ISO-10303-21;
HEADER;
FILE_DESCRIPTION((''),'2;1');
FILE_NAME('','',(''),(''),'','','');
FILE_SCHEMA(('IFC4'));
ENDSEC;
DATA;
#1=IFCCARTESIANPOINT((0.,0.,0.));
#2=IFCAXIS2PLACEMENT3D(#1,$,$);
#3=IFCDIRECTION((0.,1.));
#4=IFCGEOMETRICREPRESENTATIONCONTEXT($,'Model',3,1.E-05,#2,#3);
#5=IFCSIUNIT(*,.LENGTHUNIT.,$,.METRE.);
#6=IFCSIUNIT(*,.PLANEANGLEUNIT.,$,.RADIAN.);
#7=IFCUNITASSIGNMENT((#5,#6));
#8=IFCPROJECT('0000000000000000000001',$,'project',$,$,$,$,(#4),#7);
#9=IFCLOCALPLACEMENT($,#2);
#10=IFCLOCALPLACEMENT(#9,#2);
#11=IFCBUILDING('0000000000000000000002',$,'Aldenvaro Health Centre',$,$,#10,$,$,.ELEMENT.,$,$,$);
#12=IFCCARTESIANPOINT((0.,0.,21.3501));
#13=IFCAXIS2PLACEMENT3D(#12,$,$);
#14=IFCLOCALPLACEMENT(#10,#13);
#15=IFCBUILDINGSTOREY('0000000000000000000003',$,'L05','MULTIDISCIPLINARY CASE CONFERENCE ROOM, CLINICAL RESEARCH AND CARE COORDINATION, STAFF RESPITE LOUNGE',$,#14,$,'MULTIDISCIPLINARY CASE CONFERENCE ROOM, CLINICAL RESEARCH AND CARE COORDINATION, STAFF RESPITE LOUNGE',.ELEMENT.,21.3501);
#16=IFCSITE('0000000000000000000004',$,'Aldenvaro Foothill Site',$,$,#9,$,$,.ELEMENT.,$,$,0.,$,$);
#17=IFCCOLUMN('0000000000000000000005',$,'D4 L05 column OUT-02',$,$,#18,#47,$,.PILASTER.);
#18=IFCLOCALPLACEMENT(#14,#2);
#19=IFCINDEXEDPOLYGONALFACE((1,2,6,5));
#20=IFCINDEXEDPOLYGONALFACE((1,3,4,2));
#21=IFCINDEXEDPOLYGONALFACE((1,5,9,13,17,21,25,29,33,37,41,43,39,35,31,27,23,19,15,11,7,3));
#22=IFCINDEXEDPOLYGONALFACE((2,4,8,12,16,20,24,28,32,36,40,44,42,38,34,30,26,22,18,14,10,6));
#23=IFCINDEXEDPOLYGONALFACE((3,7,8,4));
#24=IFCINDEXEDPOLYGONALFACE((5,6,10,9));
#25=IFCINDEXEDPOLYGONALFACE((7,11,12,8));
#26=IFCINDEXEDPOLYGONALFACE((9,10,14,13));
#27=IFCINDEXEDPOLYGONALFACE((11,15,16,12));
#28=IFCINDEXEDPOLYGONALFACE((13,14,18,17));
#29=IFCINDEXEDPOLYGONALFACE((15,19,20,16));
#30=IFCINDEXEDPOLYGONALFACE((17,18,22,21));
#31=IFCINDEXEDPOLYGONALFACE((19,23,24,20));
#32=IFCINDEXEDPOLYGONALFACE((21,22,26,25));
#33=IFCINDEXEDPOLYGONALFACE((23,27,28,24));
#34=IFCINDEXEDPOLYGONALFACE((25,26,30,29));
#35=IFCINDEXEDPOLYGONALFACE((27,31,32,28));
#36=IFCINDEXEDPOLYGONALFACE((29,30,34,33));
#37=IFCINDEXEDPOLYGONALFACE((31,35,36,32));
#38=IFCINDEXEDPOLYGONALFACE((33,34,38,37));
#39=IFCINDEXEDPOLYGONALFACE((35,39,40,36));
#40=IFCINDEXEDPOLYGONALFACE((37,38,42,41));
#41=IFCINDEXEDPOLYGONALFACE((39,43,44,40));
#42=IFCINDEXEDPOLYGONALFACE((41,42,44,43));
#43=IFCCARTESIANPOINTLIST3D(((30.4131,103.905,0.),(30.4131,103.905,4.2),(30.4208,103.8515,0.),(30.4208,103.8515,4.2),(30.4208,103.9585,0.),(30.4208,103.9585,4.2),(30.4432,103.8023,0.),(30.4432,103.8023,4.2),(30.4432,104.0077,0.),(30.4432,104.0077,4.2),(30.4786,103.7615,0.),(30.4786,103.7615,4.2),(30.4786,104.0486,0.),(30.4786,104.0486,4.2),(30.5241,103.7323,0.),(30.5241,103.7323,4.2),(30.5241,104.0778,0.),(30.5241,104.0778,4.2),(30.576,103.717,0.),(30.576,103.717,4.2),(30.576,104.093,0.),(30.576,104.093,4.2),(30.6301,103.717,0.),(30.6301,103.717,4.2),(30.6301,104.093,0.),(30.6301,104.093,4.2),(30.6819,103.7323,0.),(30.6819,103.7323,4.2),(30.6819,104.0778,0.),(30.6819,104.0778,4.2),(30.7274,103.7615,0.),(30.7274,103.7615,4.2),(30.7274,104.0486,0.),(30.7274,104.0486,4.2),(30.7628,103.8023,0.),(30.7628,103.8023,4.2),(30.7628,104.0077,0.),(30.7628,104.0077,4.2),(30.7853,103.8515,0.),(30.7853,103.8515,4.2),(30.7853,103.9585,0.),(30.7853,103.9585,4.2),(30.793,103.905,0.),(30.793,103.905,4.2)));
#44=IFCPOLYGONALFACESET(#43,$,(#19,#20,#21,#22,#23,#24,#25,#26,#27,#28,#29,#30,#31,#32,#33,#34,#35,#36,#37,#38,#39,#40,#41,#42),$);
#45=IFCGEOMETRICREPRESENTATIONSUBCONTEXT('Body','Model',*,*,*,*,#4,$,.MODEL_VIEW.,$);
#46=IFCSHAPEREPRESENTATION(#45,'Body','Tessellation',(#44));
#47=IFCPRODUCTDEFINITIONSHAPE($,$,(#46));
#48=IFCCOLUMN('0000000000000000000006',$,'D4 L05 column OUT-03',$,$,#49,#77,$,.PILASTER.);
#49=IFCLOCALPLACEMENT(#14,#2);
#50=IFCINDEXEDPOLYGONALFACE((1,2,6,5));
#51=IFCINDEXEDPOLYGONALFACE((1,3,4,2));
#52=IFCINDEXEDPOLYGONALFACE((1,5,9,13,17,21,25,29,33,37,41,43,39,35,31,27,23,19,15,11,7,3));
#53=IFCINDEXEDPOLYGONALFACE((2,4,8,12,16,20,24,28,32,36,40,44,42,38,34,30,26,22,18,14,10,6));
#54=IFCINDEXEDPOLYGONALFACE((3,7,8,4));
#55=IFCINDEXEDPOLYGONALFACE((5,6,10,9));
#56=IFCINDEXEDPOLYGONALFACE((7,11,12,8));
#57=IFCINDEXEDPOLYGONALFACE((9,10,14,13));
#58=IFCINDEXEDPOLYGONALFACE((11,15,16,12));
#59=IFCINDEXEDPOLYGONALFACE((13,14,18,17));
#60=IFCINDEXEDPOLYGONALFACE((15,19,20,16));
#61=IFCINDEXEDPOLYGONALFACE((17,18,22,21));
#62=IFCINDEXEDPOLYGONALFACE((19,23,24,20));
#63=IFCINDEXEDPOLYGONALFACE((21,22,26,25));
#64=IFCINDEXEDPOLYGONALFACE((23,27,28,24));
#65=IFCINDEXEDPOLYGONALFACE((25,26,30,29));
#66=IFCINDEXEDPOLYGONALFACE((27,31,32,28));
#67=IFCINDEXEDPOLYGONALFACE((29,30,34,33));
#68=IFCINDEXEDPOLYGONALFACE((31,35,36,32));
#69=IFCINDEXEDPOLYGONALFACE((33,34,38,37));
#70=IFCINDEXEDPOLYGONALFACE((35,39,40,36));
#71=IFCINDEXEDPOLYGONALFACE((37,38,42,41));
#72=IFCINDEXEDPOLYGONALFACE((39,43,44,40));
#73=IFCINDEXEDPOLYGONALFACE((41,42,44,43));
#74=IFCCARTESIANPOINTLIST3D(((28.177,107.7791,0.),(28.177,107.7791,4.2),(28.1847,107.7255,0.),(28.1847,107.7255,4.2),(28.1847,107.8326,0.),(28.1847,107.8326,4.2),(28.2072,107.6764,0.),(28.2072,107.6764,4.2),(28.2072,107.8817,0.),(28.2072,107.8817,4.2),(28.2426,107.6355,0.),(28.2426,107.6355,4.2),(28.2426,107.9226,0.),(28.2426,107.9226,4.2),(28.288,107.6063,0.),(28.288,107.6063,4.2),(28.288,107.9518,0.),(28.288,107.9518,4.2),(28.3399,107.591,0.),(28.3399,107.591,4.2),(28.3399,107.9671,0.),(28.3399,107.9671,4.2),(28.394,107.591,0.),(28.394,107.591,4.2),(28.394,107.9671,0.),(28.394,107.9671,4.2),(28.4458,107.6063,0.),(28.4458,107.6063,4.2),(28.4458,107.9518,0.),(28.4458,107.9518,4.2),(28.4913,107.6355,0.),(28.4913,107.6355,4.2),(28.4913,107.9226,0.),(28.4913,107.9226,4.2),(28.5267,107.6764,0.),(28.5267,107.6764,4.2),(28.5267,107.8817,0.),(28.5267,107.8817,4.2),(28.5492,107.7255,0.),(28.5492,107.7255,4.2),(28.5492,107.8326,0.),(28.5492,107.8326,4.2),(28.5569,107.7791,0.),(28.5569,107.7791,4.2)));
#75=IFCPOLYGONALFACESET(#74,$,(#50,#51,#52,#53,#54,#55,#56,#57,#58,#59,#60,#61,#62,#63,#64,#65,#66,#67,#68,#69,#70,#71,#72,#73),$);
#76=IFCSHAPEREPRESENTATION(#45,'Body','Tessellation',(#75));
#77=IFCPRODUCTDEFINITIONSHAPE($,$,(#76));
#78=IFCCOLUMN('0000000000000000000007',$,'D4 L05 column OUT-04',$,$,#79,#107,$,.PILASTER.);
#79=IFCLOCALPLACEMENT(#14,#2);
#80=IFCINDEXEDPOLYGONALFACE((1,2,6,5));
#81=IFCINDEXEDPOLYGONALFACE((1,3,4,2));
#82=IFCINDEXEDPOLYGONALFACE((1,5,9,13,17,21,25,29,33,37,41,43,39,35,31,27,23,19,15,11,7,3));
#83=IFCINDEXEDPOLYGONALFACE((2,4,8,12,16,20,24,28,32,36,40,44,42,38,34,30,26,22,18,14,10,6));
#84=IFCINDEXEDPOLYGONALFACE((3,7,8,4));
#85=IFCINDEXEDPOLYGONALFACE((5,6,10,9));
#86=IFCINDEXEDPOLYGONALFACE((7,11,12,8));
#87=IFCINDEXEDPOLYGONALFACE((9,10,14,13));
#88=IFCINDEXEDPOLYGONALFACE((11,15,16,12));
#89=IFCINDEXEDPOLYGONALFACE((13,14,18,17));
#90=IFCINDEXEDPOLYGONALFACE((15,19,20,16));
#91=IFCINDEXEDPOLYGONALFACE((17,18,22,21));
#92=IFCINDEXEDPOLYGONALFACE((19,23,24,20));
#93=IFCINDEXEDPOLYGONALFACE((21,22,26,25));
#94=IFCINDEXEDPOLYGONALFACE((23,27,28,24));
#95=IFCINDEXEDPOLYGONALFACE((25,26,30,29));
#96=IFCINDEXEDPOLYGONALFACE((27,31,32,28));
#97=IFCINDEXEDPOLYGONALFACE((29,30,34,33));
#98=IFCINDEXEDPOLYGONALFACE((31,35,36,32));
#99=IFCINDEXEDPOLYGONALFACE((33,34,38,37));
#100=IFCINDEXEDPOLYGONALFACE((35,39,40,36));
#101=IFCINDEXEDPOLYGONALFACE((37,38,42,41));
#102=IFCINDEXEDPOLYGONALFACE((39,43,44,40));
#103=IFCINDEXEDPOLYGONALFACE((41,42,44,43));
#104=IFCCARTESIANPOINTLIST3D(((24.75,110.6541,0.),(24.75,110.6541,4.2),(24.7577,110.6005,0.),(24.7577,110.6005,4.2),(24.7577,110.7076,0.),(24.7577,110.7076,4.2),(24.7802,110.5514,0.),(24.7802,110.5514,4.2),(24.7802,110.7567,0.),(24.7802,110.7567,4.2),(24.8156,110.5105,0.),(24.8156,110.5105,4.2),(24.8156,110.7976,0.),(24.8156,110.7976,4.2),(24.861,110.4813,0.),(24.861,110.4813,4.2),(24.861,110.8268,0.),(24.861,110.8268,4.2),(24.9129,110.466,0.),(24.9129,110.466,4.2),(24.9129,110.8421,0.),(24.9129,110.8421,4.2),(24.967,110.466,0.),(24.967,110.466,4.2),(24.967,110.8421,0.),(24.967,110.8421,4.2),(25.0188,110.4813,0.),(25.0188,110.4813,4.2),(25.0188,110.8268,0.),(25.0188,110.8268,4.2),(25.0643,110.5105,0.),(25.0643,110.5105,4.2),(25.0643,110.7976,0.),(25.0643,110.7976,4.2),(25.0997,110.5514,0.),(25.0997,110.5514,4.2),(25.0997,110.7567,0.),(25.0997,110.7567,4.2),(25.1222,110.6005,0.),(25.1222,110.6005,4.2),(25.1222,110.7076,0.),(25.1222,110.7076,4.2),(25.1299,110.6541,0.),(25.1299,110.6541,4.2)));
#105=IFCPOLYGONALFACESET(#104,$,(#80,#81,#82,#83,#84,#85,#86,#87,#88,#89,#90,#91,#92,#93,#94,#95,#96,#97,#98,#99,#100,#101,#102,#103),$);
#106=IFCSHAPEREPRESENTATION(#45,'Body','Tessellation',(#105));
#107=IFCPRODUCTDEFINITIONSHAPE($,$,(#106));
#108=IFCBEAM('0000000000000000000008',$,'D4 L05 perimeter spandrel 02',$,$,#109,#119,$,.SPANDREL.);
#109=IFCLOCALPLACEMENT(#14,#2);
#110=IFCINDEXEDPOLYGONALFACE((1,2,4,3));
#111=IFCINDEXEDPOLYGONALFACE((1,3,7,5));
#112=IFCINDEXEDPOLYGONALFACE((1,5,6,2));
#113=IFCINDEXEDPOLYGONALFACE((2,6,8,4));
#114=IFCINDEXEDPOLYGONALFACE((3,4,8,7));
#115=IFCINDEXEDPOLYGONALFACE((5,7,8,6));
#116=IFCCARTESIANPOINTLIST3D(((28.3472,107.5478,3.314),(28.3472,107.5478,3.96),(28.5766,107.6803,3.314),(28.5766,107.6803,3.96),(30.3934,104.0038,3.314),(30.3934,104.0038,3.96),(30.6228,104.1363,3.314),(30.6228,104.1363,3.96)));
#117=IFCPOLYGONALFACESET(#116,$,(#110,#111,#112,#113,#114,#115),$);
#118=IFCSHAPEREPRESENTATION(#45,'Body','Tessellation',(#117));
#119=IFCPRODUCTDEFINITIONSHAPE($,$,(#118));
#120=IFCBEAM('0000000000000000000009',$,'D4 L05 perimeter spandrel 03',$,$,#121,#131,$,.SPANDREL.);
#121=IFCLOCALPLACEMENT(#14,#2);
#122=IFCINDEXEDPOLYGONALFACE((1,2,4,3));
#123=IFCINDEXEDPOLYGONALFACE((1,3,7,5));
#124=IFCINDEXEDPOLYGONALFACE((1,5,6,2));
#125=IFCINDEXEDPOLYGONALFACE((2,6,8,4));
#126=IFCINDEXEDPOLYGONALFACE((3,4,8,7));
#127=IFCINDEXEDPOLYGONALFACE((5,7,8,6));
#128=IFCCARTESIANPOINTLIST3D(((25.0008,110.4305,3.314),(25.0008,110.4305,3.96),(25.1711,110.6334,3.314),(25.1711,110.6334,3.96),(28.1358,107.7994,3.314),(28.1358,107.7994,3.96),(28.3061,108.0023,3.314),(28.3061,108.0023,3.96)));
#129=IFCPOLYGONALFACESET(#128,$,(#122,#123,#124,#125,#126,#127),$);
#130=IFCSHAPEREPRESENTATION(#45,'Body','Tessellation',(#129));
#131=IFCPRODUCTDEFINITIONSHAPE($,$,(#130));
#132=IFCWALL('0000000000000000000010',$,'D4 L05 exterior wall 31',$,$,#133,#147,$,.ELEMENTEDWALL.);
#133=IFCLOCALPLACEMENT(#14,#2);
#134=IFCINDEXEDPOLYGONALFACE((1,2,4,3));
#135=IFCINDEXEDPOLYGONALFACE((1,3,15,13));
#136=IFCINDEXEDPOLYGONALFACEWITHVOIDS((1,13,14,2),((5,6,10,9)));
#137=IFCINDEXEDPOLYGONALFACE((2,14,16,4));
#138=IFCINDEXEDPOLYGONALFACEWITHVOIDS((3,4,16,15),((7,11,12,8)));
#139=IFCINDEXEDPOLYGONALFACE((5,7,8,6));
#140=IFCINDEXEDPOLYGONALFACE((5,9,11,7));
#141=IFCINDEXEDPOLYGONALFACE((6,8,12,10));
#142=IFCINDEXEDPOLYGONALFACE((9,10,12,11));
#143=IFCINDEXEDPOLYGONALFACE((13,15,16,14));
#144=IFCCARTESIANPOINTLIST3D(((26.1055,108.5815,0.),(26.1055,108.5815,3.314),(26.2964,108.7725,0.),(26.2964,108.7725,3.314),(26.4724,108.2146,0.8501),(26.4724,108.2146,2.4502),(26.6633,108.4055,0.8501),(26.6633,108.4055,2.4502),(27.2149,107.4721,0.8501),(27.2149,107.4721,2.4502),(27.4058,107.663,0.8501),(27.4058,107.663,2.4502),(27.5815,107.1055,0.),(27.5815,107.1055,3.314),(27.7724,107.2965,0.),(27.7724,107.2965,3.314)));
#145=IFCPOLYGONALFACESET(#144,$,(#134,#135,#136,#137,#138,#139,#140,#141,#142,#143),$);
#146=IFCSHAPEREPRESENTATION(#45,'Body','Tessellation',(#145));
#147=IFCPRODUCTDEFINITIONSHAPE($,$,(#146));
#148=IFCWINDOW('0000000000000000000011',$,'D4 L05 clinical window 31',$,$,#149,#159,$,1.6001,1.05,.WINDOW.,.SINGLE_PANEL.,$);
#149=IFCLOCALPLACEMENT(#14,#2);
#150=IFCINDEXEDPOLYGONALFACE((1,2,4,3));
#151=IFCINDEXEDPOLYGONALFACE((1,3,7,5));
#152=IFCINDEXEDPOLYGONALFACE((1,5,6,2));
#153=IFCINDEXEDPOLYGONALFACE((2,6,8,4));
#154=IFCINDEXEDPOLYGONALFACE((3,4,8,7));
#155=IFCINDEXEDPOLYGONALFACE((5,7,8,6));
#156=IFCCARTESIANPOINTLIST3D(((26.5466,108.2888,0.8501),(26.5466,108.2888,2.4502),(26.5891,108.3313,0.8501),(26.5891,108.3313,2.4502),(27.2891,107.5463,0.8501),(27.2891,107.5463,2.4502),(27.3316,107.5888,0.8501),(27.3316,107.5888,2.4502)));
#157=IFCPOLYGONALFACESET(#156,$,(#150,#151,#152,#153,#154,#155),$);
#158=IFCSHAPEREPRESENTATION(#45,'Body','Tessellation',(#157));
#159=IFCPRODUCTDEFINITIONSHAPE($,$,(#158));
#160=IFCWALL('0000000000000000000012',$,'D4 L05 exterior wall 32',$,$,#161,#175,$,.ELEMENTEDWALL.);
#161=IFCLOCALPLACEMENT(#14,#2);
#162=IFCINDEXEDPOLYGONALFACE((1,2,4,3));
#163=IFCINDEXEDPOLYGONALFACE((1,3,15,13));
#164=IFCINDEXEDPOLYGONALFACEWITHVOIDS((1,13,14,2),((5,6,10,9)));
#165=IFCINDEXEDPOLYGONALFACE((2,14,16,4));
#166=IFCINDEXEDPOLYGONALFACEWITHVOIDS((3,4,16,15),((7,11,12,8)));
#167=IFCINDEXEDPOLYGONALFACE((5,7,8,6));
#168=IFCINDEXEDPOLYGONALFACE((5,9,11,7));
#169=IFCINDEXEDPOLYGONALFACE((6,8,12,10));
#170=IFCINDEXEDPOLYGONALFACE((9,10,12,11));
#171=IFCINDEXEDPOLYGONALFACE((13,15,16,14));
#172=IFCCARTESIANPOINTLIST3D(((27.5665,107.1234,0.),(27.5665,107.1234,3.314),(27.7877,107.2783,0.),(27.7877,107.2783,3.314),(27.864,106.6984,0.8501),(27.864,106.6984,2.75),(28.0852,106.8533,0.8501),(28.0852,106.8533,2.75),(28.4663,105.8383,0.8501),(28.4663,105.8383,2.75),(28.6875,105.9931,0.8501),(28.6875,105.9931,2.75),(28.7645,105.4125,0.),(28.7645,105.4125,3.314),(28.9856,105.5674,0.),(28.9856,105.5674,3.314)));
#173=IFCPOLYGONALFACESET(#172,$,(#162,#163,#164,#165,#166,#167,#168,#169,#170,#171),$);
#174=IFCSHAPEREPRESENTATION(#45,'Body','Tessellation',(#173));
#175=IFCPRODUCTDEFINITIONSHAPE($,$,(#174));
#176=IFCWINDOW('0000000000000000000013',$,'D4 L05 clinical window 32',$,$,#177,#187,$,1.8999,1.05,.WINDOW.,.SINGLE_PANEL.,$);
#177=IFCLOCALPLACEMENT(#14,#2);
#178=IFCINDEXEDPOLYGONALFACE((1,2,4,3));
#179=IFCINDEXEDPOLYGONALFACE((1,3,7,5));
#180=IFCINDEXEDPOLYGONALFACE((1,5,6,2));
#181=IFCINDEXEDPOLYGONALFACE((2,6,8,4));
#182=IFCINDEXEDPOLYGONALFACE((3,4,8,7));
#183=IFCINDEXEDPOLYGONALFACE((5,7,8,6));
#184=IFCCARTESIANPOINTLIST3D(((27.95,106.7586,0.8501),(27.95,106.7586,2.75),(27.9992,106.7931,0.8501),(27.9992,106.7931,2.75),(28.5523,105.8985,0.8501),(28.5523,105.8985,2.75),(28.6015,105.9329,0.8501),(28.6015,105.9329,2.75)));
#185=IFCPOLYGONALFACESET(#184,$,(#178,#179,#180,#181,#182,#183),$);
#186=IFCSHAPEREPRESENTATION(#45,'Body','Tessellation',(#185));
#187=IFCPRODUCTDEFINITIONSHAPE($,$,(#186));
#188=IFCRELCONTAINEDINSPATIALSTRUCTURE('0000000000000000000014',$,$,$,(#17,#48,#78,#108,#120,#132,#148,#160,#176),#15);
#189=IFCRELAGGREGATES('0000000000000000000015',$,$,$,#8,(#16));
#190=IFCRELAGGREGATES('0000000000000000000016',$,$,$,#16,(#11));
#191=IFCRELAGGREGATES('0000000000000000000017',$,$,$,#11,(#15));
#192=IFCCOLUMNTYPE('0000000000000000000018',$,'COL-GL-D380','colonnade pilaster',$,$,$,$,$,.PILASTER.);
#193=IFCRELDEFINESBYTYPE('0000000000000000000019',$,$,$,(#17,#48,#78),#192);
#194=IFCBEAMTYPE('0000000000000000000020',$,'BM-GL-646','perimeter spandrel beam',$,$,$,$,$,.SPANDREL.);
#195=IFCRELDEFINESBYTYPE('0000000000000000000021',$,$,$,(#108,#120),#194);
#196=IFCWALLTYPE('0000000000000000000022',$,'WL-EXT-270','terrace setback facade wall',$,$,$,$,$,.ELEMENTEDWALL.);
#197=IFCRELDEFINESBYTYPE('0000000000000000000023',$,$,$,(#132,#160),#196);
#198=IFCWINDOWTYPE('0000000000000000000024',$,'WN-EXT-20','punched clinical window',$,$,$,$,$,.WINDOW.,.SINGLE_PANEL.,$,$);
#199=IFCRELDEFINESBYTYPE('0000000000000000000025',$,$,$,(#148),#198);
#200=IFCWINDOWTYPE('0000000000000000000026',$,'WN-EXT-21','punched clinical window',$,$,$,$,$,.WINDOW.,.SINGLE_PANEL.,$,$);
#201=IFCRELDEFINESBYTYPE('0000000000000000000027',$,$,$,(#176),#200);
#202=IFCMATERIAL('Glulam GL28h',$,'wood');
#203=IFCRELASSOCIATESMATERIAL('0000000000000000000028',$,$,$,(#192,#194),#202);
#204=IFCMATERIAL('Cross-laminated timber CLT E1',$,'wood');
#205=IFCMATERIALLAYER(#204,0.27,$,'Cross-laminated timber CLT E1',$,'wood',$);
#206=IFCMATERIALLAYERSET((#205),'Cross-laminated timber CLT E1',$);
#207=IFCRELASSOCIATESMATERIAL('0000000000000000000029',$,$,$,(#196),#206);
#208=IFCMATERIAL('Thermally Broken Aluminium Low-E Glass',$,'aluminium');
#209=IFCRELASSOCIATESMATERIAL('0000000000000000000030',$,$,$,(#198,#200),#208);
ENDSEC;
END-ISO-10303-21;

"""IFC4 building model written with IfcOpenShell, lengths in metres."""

from ifc_helpers import new_model, si_unit, direction, frame, frame_2d, origin, origin_2d, place, context, subcontext, project, spatial, rectangle, circle, extrude, material, layer, layer_set, material_profile, profile_set, type_object, element, fill, save


model = new_model("IFC4")

# Units and contexts
model_context = context("Model", 3, precision=1e-05, world=origin(), true_north=direction((0.0, 1.0)))
body_context = subcontext(model_context, "Body", "Model", "MODEL_VIEW")
ifc_project = project(units=[si_unit("LENGTHUNIT", "METRE"), si_unit("PLANEANGLEUNIT", "RADIAN")], contexts=[model_context])

# Site, building, storey
site_placement = place(None, origin())
site = spatial("IfcSite", under=ifc_project, at=site_placement, Name="Aldenvaro Foothill Site", CompositionType="ELEMENT", RefElevation=0.0)
building_placement = place(site_placement, origin())
building = spatial("IfcBuilding", under=site, at=building_placement, Name="Aldenvaro Health Centre", CompositionType="ELEMENT")
storey_placement = place(building_placement, frame((0.0, 0.0, 21.3501)))
storey = spatial("IfcBuildingStorey", under=building, at=storey_placement, Name="L05", Description="MULTIDISCIPLINARY CASE CONFERENCE ROOM, CLINICAL RESEARCH AND CARE COORDINATION, STAFF RESPITE LOUNGE", LongName="MULTIDISCIPLINARY CASE CONFERENCE ROOM, CLINICAL RESEARCH AND CARE COORDINATION, STAFF RESPITE LOUNGE", CompositionType="ELEMENT", Elevation=21.3501)

# Columns
ifc_material_1 = material(Name="Glulam GL28h", Category="wood")
ifc_material_profile_1 = material_profile(ifc_material_1, circle(Radius=0.1899, at=origin_2d()), Name="GL D380", Category="wood")
ifc_profile_set_1 = profile_set([ifc_material_profile_1], Name="Glulam GL28h")
column_type = type_object("IfcColumnType", Name="COL-GL-D380", Description="colonnade pilaster", PredefinedType="PILASTER", material=ifc_profile_set_1)
for number, where, z_axis, x_axis, name in (
    (1, (30.603, 103.905, 0.0), (0.0, 0.0, 1.0), (1.0, 0.0, 0.0), "D4 L05 column OUT-02"),
    (2, (28.3669, 107.7791, 0.0), (0.0, 0.0, 1.0), (1.0, 0.0, 0.0), "D4 L05 column OUT-03"),
    (3, (24.9399, 110.6541, 0.0), (0.0, 0.0, 1.0), (1.0, 0.0, 0.0), "D4 L05 column OUT-04"),
):
    element("IfcColumn", number, at=place(storey_placement, frame(where, z_axis=z_axis, x_axis=x_axis)), inside=storey, type_object=column_type, Name=name, PredefinedType="PILASTER", context=body_context, shape_type="SweptSolid", body=[
        extrude(circle(Radius=0.1899, at=origin_2d()), origin(), (0.0, 0.0, 1.0), 4.2),
    ])

# Beams
ifc_material_profile_2 = material_profile(ifc_material_1, rectangle(XDim=0.2649, YDim=0.646, at=origin_2d()), Name="GL 265x646", Category="wood")
ifc_profile_set_2 = profile_set([ifc_material_profile_2], Name="Glulam GL28h")
beam_type = type_object("IfcBeamType", Name="BM-GL-646", Description="perimeter spandrel beam", PredefinedType="SPANDREL", material=ifc_profile_set_2)
beam_1_placement = place(storey_placement, frame((30.5081, 104.0701, 3.637), z_axis=(-0.500008, 0.866021, 0.0), x_axis=(-0.866021, -0.500008, 0.0)))
element("IfcBeam", 4, at=beam_1_placement, inside=storey, type_object=beam_type, Name="D4 L05 perimeter spandrel 02", PredefinedType="SPANDREL", context=body_context, shape_type="SweptSolid", body=[
    extrude(rectangle(XDim=0.2649, YDim=0.646, at=origin_2d()), origin(), (0.0, 0.0, 1.0), 4.0923),
])
beam_2_placement = place(storey_placement, frame((28.2209, 107.9009, 3.637), z_axis=(-0.765982, 0.642862, 0.0), x_axis=(-0.642862, -0.765982, 0.0)))
element("IfcBeam", 5, at=beam_2_placement, inside=storey, type_object=beam_type, Name="D4 L05 perimeter spandrel 03", PredefinedType="SPANDREL", context=body_context, shape_type="SweptSolid", body=[
    extrude(rectangle(XDim=0.2649, YDim=0.646, at=origin_2d()), origin(), (0.0, 0.0, 1.0), 4.0928),
])

# Walls, openings, windows
ifc_material_2 = material(Name="Cross-laminated timber CLT E1", Category="wood")
ifc_layer = layer(ifc_material_2, 0.27, Name="Cross-laminated timber CLT E1", Category="wood")
ifc_layer_set = layer_set([ifc_layer], Name="Cross-laminated timber CLT E1")
wall_type = type_object("IfcWallType", Name="WL-EXT-270", Description="terrace setback facade wall", PredefinedType="ELEMENTEDWALL", material=ifc_layer_set)
wall_1_placement = place(storey_placement, frame((26.2009, 108.677, 0.0), z_axis=(0.0, 0.0, 1.0), x_axis=(0.707107, -0.707107, 0.0)))
wall_1 = element("IfcWall", 6, at=wall_1_placement, inside=storey, type_object=wall_type, Name="D4 L05 exterior wall 31", PredefinedType="ELEMENTEDWALL", context=body_context, shape_type="SweptSolid", body=[
    extrude(rectangle(XDim=2.0874, YDim=0.27, at=frame_2d((1.0437, 0.0))), origin(), (0.0, 0.0, 1.0), 3.314),
])
opening_1_placement = place(wall_1_placement, frame((0.519, 0.0, 0.8501)))
opening_1 = element("IfcOpeningElement", 7, at=opening_1_placement, cuts=wall_1, PredefinedType="OPENING", context=body_context, shape_type="SweptSolid", body=[
    extrude(rectangle(XDim=1.05, YDim=1.6001, at=frame_2d((0.5249, 0.8))), frame((0.0, 0.145, 0.0), z_axis=(0.0, -1.0, 0.0), x_axis=(1.0, 0.0, 0.0)), (0.0, 0.0, 1.0), 0.29),
])
ifc_material_3 = material(Name="Thermally Broken Aluminium Low-E Glass", Category="aluminium")
window_type_1 = type_object("IfcWindowType", Name="WN-EXT-20", Description="punched clinical window", PartitioningType="SINGLE_PANEL", PredefinedType="WINDOW", material=ifc_material_3)
window_1_placement = place(opening_1_placement, origin())
window_1 = element("IfcWindow", 8, at=window_1_placement, inside=storey, type_object=window_type_1, Name="D4 L05 clinical window 31", OverallHeight=1.6001, OverallWidth=1.05, PartitioningType="SINGLE_PANEL", PredefinedType="WINDOW", context=body_context, shape_type="SweptSolid", body=[
    extrude(rectangle(XDim=1.05, YDim=1.6001, at=frame_2d((0.5249, 0.8))), frame((0.0, 0.03, 0.0), z_axis=(0.0, -1.0, 0.0), x_axis=(1.0, 0.0, 0.0)), (0.0, 0.0, 1.0), 0.0601),
])
fill(opening_1, window_1)
wall_2_placement = place(storey_placement, frame((27.677, 107.2009, 0.0), z_axis=(0.0, 0.0, 1.0), x_axis=(0.573572, -0.819155, 0.0)))
wall_2 = element("IfcWall", 9, at=wall_2_placement, inside=storey, type_object=wall_type, Name="D4 L05 exterior wall 32", PredefinedType="ELEMENTEDWALL", context=body_context, shape_type="SweptSolid", body=[
    extrude(rectangle(XDim=2.0886, YDim=0.27, at=frame_2d((1.0444, 0.0))), origin(), (0.0, 0.0, 1.0), 3.314),
])
opening_2_placement = place(wall_2_placement, frame((0.519, 0.0, 0.8501)))
opening_2 = element("IfcOpeningElement", 10, at=opening_2_placement, cuts=wall_2, PredefinedType="OPENING", context=body_context, shape_type="SweptSolid", body=[
    extrude(rectangle(XDim=1.05, YDim=1.8999, at=frame_2d((0.5249, 0.95))), frame((0.0, 0.145, 0.0), z_axis=(0.0, -1.0, 0.0), x_axis=(1.0, 0.0, 0.0)), (0.0, 0.0, 1.0), 0.29),
])
window_type_2 = type_object("IfcWindowType", Name="WN-EXT-21", Description="punched clinical window", PartitioningType="SINGLE_PANEL", PredefinedType="WINDOW", material=ifc_material_3)
window_2_placement = place(opening_2_placement, origin())
window_2 = element("IfcWindow", 11, at=window_2_placement, inside=storey, type_object=window_type_2, Name="D4 L05 clinical window 32", OverallHeight=1.8999, OverallWidth=1.05, PartitioningType="SINGLE_PANEL", PredefinedType="WINDOW", context=body_context, shape_type="SweptSolid", body=[
    extrude(rectangle(XDim=1.05, YDim=1.8999, at=frame_2d((0.5249, 0.95))), frame((0.0, 0.03, 0.0), z_axis=(0.0, -1.0, 0.0), x_axis=(1.0, 0.0, 0.0)), (0.0, 0.0, 1.0), 0.0601),
])
fill(opening_2, window_2)

save(model, "model.ifc")
